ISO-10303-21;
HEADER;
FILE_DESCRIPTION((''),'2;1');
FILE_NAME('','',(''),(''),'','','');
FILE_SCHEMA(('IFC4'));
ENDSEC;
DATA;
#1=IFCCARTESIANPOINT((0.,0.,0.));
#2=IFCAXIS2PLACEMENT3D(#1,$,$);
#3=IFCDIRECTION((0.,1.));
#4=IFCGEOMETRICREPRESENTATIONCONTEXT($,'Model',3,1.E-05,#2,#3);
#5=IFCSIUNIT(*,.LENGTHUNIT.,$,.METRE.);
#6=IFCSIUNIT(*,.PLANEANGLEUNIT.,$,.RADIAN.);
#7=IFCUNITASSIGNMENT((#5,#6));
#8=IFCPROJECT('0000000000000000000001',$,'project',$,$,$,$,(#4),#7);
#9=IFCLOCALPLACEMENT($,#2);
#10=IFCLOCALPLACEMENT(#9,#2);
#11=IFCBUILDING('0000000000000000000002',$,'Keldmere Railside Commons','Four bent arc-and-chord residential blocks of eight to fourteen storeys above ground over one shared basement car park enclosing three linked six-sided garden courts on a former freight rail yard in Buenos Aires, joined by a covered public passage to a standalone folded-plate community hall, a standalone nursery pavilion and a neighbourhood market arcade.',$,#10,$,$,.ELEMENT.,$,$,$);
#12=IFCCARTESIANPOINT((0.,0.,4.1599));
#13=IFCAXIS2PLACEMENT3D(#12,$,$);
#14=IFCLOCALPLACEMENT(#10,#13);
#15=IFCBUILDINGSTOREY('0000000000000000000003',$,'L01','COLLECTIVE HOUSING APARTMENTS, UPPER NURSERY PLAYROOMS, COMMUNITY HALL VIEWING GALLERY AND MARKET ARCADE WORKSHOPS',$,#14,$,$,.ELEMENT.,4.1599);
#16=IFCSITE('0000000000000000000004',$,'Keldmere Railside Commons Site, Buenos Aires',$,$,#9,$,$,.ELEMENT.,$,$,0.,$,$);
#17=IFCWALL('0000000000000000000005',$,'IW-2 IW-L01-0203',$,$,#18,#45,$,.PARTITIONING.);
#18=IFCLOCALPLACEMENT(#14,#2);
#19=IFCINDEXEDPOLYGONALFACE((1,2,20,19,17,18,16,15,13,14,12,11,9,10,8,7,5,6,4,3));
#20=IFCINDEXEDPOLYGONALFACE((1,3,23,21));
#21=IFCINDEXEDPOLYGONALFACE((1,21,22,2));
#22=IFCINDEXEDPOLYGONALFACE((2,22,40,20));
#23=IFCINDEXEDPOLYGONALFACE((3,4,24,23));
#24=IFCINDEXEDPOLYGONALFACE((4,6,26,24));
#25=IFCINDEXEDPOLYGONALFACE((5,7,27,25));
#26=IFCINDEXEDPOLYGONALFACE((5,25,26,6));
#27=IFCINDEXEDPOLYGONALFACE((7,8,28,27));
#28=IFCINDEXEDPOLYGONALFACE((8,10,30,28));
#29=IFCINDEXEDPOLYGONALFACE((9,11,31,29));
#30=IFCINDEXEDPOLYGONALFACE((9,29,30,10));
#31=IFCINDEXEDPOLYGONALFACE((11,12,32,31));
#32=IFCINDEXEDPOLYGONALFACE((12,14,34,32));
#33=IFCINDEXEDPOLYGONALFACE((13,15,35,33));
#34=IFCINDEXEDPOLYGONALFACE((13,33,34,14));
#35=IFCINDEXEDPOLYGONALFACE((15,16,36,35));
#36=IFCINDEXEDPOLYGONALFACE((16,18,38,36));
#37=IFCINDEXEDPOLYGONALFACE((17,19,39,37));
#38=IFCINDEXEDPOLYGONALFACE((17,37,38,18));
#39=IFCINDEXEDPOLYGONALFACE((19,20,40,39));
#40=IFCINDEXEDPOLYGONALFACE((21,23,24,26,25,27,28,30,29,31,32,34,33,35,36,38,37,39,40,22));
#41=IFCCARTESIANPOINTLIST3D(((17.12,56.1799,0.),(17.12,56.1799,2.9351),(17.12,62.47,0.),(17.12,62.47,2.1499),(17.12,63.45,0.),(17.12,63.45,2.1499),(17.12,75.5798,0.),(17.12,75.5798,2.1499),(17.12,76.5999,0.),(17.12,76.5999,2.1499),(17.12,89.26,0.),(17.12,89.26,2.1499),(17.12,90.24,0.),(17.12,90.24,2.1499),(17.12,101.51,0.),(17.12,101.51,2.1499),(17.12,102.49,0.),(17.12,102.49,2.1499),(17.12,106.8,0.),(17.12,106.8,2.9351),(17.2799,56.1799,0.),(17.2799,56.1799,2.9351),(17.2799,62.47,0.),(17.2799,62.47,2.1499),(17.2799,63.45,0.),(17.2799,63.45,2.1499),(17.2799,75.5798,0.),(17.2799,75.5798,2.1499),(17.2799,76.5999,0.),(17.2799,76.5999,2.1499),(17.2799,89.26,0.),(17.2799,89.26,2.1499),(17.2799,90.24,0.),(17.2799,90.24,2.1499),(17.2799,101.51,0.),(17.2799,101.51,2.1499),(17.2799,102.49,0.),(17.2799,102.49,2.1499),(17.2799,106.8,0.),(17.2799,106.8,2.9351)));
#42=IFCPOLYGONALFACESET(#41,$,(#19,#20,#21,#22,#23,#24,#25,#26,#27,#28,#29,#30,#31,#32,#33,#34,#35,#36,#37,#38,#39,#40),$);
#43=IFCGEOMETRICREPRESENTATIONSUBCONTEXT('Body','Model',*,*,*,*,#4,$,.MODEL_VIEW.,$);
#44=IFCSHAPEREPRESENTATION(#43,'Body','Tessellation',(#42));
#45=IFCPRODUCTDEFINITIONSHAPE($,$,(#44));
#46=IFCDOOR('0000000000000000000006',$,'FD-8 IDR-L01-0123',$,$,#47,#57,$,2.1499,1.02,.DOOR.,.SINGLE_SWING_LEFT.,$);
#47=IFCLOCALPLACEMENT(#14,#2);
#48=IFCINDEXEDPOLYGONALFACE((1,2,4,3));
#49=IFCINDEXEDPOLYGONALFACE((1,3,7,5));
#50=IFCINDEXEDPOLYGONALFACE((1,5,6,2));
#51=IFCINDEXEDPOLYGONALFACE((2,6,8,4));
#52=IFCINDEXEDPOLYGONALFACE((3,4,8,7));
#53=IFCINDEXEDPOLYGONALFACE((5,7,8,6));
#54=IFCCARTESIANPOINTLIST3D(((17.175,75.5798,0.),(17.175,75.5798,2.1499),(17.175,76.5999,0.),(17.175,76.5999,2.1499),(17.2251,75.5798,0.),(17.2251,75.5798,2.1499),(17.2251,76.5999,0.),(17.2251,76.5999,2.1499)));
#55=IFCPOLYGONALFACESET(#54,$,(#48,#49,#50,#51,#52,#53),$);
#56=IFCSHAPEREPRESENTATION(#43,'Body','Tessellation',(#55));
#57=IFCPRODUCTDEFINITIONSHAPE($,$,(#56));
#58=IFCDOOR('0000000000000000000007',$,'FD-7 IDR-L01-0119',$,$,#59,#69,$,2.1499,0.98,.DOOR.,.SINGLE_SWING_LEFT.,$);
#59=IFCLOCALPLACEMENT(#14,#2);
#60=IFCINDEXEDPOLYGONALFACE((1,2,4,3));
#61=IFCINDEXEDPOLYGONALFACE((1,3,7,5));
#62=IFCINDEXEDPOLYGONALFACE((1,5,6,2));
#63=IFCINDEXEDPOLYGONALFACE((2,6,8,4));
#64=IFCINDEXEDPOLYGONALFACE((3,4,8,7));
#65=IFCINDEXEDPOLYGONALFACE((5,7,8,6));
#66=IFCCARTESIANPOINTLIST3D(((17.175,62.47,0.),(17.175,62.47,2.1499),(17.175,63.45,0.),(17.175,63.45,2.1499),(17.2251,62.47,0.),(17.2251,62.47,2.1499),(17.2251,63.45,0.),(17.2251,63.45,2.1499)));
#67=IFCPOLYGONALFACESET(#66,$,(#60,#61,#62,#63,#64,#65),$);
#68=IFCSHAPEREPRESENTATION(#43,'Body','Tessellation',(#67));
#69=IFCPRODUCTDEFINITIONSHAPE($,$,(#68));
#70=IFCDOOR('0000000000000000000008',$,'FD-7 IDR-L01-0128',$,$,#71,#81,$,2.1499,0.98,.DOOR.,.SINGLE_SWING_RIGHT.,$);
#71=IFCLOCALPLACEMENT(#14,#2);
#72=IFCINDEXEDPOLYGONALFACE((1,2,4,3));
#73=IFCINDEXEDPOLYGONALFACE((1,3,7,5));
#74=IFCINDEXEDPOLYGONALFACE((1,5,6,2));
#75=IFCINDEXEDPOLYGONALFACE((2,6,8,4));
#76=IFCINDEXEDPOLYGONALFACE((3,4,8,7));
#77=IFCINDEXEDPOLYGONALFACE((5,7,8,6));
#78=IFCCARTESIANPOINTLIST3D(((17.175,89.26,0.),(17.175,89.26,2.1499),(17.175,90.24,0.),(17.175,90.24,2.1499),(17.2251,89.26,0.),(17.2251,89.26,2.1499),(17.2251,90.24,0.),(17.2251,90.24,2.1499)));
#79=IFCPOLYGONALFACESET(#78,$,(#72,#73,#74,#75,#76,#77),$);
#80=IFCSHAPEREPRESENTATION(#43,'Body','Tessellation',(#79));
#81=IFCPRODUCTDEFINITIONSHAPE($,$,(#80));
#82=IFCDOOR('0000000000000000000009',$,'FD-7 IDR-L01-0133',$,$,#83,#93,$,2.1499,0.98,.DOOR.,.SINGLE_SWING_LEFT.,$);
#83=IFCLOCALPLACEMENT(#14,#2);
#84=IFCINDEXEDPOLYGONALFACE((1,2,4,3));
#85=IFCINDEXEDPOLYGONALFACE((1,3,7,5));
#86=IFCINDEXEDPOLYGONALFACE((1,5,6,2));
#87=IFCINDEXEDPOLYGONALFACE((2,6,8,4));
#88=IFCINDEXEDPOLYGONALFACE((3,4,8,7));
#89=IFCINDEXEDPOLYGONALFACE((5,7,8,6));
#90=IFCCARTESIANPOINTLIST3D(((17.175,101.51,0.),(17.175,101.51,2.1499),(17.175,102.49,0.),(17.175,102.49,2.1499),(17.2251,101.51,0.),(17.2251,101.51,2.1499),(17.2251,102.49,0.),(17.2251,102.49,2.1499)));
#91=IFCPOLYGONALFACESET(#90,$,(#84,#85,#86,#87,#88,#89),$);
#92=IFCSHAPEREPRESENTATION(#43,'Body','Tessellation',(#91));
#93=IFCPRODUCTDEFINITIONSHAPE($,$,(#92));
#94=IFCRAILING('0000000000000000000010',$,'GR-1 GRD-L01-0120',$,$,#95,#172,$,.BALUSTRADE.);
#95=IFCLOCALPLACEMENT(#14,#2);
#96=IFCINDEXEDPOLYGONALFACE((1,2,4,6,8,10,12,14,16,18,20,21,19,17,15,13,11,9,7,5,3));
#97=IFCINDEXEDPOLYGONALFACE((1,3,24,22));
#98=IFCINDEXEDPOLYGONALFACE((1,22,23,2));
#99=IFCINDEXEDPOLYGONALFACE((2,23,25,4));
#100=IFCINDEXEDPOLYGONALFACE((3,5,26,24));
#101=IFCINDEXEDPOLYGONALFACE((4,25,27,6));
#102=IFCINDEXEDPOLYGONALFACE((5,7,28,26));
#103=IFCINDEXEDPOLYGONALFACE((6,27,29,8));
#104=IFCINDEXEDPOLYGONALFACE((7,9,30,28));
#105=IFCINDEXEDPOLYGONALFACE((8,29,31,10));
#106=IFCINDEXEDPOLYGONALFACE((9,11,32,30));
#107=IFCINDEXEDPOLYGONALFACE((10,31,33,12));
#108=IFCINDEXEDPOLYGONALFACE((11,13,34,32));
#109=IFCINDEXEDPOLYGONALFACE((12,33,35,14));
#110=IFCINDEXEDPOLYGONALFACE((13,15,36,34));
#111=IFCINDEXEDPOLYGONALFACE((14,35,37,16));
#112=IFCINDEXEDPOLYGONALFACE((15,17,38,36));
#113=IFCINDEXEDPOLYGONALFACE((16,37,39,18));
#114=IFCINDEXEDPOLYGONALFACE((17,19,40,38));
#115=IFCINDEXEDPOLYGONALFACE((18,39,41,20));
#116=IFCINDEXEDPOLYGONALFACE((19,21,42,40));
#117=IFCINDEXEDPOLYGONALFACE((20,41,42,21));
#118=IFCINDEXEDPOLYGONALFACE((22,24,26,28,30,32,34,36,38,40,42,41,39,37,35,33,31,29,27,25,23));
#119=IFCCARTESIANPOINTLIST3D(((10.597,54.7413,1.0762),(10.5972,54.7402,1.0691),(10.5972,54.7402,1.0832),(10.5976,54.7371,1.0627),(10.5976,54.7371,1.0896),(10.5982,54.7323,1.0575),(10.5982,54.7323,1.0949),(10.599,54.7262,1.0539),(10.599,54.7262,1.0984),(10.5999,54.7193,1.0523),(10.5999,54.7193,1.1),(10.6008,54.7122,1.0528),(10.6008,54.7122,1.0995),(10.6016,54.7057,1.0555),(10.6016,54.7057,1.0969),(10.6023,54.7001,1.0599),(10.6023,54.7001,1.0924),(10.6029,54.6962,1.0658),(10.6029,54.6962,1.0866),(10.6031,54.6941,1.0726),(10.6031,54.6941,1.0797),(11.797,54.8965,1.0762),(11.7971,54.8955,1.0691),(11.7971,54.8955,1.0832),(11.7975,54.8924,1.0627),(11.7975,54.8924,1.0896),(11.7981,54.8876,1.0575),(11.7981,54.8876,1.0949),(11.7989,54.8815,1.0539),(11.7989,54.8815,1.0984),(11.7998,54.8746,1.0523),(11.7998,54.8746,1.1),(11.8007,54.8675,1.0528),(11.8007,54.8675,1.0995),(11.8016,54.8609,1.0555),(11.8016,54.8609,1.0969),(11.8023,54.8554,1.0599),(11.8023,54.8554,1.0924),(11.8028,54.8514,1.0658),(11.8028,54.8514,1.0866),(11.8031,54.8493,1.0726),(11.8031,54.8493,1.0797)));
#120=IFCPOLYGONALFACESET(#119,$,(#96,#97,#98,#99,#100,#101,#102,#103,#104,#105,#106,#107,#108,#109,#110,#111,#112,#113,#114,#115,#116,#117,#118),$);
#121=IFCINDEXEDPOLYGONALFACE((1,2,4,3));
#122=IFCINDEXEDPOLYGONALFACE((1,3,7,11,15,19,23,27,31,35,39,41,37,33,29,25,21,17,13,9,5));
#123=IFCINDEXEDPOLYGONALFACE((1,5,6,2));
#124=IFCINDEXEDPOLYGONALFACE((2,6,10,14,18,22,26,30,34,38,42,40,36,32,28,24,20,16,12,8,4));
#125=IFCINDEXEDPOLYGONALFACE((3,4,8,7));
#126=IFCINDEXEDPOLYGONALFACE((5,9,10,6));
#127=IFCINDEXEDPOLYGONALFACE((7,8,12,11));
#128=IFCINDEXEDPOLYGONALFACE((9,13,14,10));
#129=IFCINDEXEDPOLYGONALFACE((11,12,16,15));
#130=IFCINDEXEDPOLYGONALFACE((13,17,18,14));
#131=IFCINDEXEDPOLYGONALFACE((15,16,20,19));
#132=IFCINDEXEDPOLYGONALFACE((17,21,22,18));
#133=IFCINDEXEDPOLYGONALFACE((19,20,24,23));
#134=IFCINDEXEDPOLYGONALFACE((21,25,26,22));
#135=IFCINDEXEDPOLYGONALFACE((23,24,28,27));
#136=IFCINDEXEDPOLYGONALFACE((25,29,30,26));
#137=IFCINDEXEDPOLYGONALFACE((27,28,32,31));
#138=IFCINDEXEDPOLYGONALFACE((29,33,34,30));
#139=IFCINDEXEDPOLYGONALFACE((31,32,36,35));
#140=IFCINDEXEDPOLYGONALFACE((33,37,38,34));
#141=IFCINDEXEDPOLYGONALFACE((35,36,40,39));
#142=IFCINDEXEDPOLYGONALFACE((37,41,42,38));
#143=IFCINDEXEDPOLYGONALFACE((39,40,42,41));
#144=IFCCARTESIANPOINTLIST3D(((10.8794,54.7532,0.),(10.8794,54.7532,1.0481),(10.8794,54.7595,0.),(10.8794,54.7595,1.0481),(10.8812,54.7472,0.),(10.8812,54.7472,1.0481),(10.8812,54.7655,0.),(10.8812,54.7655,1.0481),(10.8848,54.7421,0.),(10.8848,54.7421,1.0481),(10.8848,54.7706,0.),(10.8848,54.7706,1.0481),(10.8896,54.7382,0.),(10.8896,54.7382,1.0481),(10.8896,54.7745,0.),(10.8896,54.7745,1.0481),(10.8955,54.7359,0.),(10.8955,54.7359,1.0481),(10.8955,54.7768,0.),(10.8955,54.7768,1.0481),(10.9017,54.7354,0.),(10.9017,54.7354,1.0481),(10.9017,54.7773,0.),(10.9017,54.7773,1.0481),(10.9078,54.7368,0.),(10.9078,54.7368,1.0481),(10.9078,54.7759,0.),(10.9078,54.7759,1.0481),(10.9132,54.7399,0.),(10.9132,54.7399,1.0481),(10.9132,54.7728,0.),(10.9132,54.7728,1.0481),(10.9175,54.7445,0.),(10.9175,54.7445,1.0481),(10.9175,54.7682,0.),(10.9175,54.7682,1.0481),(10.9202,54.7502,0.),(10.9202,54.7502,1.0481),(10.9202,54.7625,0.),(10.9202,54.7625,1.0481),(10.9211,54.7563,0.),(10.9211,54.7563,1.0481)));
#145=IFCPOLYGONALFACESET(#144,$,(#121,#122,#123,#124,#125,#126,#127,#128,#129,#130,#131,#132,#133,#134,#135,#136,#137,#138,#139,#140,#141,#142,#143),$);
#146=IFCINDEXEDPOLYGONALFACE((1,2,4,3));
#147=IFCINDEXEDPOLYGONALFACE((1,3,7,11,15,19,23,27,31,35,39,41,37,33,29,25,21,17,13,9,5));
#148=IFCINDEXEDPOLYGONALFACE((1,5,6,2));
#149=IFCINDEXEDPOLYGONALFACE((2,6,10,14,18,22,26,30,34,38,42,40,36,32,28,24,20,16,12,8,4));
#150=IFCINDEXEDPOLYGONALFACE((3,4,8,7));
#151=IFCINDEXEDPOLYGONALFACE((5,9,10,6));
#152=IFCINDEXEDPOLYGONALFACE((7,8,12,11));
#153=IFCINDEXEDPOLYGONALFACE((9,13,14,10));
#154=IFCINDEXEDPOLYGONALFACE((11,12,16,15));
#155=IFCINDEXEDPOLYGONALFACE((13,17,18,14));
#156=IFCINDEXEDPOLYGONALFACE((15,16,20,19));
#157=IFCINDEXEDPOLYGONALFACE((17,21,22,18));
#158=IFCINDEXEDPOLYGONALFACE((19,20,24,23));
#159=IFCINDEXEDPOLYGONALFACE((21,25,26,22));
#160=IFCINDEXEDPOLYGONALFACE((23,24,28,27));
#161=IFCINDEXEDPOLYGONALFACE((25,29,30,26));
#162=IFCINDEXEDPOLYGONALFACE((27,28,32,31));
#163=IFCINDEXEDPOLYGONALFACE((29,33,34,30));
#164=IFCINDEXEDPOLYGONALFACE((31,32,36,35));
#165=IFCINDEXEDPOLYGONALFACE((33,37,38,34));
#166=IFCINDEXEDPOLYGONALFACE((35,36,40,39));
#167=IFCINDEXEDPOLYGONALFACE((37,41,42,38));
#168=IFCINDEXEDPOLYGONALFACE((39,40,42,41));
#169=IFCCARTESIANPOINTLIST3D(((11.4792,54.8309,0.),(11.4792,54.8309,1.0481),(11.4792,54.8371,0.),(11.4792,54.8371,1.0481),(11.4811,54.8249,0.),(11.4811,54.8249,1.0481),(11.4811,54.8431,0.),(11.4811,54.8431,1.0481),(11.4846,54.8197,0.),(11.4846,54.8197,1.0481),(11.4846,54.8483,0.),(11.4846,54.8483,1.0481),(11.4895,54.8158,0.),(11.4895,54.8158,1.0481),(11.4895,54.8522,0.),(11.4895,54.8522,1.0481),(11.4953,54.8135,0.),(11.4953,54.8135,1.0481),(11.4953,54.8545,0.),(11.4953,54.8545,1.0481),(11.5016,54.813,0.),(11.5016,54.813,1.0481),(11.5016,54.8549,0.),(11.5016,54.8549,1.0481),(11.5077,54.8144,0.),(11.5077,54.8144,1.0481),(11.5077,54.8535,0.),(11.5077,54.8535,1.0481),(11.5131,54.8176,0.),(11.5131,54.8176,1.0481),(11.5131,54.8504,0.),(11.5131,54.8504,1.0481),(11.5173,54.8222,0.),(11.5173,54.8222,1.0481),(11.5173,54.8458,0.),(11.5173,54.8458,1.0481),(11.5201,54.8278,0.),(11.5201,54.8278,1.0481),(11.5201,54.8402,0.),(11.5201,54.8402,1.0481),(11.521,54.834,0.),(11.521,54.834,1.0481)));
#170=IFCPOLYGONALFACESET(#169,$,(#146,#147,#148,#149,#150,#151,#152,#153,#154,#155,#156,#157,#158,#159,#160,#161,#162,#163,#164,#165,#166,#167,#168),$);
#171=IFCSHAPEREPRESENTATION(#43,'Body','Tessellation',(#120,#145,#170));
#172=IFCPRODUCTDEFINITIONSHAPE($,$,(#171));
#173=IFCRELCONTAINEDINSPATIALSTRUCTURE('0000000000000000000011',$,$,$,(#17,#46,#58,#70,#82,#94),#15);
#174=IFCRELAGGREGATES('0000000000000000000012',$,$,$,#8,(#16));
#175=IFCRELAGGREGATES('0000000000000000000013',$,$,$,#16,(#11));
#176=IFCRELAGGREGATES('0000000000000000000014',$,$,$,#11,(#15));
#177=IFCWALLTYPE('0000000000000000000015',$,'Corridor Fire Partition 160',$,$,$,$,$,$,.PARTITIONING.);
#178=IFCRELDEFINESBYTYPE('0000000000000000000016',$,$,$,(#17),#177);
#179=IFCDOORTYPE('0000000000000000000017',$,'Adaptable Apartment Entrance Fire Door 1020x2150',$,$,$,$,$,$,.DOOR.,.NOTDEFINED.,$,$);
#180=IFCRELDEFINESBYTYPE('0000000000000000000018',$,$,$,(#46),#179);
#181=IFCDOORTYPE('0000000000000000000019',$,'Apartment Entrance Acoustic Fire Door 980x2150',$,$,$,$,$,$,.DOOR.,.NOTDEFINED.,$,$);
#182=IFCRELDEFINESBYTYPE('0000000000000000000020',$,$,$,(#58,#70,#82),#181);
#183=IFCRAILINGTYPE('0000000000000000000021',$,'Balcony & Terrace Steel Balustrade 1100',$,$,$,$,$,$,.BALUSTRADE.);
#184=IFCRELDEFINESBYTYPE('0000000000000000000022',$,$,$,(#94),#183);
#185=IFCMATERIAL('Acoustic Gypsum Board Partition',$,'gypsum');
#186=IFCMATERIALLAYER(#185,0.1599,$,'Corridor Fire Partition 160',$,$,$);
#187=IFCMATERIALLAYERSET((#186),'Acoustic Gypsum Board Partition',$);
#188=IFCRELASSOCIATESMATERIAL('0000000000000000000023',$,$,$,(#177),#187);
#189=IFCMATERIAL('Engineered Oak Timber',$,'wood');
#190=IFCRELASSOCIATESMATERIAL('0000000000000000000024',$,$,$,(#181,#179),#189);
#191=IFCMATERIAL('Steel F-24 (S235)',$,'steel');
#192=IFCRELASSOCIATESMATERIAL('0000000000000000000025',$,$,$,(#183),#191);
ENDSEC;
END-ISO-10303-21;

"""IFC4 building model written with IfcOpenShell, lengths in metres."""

from ifc_helpers import new_model, si_unit, direction, frame, frame_2d, origin, origin_2d, place, context, subcontext, project, spatial, rectangle, circle, extrude, material, layer, layer_set, type_object, element, fill, save


model = new_model("IFC4")

# Units and contexts
model_context = context("Model", 3, precision=1e-05, world=origin(), true_north=direction((0.0, 1.0)))
body_context = subcontext(model_context, "Body", "Model", "MODEL_VIEW")
ifc_project = project(units=[si_unit("LENGTHUNIT", "METRE"), si_unit("PLANEANGLEUNIT", "RADIAN")], contexts=[model_context])

# Site, building, storey
site_placement = place(None, origin())
site = spatial("IfcSite", under=ifc_project, at=site_placement, Name="Keldmere Railside Commons Site, Buenos Aires", CompositionType="ELEMENT", RefElevation=0.0)
building_placement = place(site_placement, origin())
building = spatial("IfcBuilding", under=site, at=building_placement, Name="Keldmere Railside Commons", Description="Four bent arc-and-chord residential blocks of eight to fourteen storeys above ground over one shared basement car park enclosing three linked six-sided garden courts on a former freight rail yard in Buenos Aires, joined by a covered public passage to a standalone folded-plate community hall, a standalone nursery pavilion and a neighbourhood market arcade.", CompositionType="ELEMENT")
storey_placement = place(building_placement, frame((0.0, 0.0, 4.1599)))
storey = spatial("IfcBuildingStorey", under=building, at=storey_placement, Name="L01", Description="COLLECTIVE HOUSING APARTMENTS, UPPER NURSERY PLAYROOMS, COMMUNITY HALL VIEWING GALLERY AND MARKET ARCADE WORKSHOPS", CompositionType="ELEMENT", Elevation=4.1599)

# Wall, openings, doors
ifc_material_1 = material(Name="Acoustic Gypsum Board Partition", Category="gypsum")
ifc_layer = layer(ifc_material_1, 0.1599, Name="Corridor Fire Partition 160")
ifc_layer_set = layer_set([ifc_layer], Name="Acoustic Gypsum Board Partition")
wall_type = type_object("IfcWallType", Name="Corridor Fire Partition 160", PredefinedType="PARTITIONING", material=ifc_layer_set)
ifc_material_2 = material(Name="Engineered Oak Timber", Category="wood")
door_type_1 = type_object("IfcDoorType", Name="Apartment Entrance Acoustic Fire Door 980x2150", OperationType="NOTDEFINED", PredefinedType="DOOR", material=ifc_material_2)
ifc_material_3 = material(Name="Steel F-24 (S235)", Category="steel")
wall_1_placement = place(storey_placement, frame((17.2, 56.1799, 0.0), z_axis=(0.0, 0.0, 1.0), x_axis=(0.0, 1.0, 0.0)))
wall_1 = element("IfcWall", 1, at=wall_1_placement, inside=storey, type_object=wall_type, Name="IW-2 IW-L01-0203", PredefinedType="PARTITIONING", context=body_context, shape_type="SweptSolid", body=[
    extrude(rectangle(XDim=50.6201, YDim=0.1599, at=frame_2d((25.3101, 0.0))), origin(), (0.0, 0.0, 1.0), 2.9351),
])
opening_1_placement = place(wall_1_placement, frame((6.29, 0.0, 0.0)))
opening_1 = element("IfcOpeningElement", 2, at=opening_1_placement, cuts=wall_1, PredefinedType="OPENING", context=body_context, shape_type="SweptSolid", body=[
    extrude(rectangle(XDim=0.98, YDim=2.1499, at=frame_2d((0.49, 1.075))), frame((0.0, 0.0898, 0.0), z_axis=(0.0, -1.0, 0.0), x_axis=(1.0, 0.0, 0.0)), (0.0, 0.0, 1.0), 0.1799),
])
opening_2_placement = place(wall_1_placement, frame((19.3999, 0.0, 0.0)))
opening_2 = element("IfcOpeningElement", 3, at=opening_2_placement, cuts=wall_1, PredefinedType="OPENING", context=body_context, shape_type="SweptSolid", body=[
    extrude(rectangle(XDim=1.02, YDim=2.1499, at=frame_2d((0.51, 1.075))), frame((0.0, 0.0898, 0.0), z_axis=(0.0, -1.0, 0.0), x_axis=(1.0, 0.0, 0.0)), (0.0, 0.0, 1.0), 0.1799),
])
opening_3_placement = place(wall_1_placement, frame((33.0801, 0.0, 0.0)))
opening_3 = element("IfcOpeningElement", 4, at=opening_3_placement, cuts=wall_1, PredefinedType="OPENING", context=body_context, shape_type="SweptSolid", body=[
    extrude(rectangle(XDim=0.98, YDim=2.1499, at=frame_2d((0.49, 1.075))), frame((0.0, 0.0898, 0.0), z_axis=(0.0, -1.0, 0.0), x_axis=(1.0, 0.0, 0.0)), (0.0, 0.0, 1.0), 0.1799),
])
opening_4_placement = place(wall_1_placement, frame((45.3301, 0.0, 0.0)))
opening_4 = element("IfcOpeningElement", 5, at=opening_4_placement, cuts=wall_1, PredefinedType="OPENING", context=body_context, shape_type="SweptSolid", body=[
    extrude(rectangle(XDim=0.98, YDim=2.1499, at=frame_2d((0.49, 1.075))), frame((0.0, 0.0898, 0.0), z_axis=(0.0, -1.0, 0.0), x_axis=(1.0, 0.0, 0.0)), (0.0, 0.0, 1.0), 0.1799),
])
door_type_2 = type_object("IfcDoorType", Name="Adaptable Apartment Entrance Fire Door 1020x2150", OperationType="NOTDEFINED", PredefinedType="DOOR", material=ifc_material_2)
door_1_placement = place(opening_2_placement, origin())
door_1 = element("IfcDoor", 6, at=door_1_placement, inside=storey, type_object=door_type_2, Name="FD-8 IDR-L01-0123", OperationType="SINGLE_SWING_LEFT", OverallHeight=2.1499, OverallWidth=1.02, PredefinedType="DOOR", context=body_context, shape_type="SweptSolid", body=[
    extrude(rectangle(XDim=1.02, YDim=2.1499, at=frame_2d((0.51, 1.075))), frame((0.0, 0.0249, 0.0), z_axis=(0.0, -1.0, 0.0), x_axis=(1.0, 0.0, 0.0)), (0.0, 0.0, 1.0), 0.05),
])
fill(opening_2, door_1)
door_2_placement = place(opening_1_placement, origin())
door_2 = element("IfcDoor", 7, at=door_2_placement, inside=storey, type_object=door_type_1, Name="FD-7 IDR-L01-0119", OperationType="SINGLE_SWING_LEFT", OverallHeight=2.1499, OverallWidth=0.98, PredefinedType="DOOR", context=body_context, shape_type="SweptSolid", body=[
    extrude(rectangle(XDim=0.98, YDim=2.1499, at=frame_2d((0.49, 1.075))), frame((0.0, 0.0249, 0.0), z_axis=(0.0, -1.0, 0.0), x_axis=(1.0, 0.0, 0.0)), (0.0, 0.0, 1.0), 0.05),
])
fill(opening_1, door_2)
door_3_placement = place(opening_3_placement, origin())
door_3 = element("IfcDoor", 8, at=door_3_placement, inside=storey, type_object=door_type_1, Name="FD-7 IDR-L01-0128", OperationType="SINGLE_SWING_RIGHT", OverallHeight=2.1499, OverallWidth=0.98, PredefinedType="DOOR", context=body_context, shape_type="SweptSolid", body=[
    extrude(rectangle(XDim=0.98, YDim=2.1499, at=frame_2d((0.49, 1.075))), frame((0.0, 0.0249, 0.0), z_axis=(0.0, -1.0, 0.0), x_axis=(1.0, 0.0, 0.0)), (0.0, 0.0, 1.0), 0.05),
])
fill(opening_3, door_3)
door_4_placement = place(opening_4_placement, origin())
door_4 = element("IfcDoor", 9, at=door_4_placement, inside=storey, type_object=door_type_1, Name="FD-7 IDR-L01-0133", OperationType="SINGLE_SWING_LEFT", OverallHeight=2.1499, OverallWidth=0.98, PredefinedType="DOOR", context=body_context, shape_type="SweptSolid", body=[
    extrude(rectangle(XDim=0.98, YDim=2.1499, at=frame_2d((0.49, 1.075))), frame((0.0, 0.0249, 0.0), z_axis=(0.0, -1.0, 0.0), x_axis=(1.0, 0.0, 0.0)), (0.0, 0.0, 1.0), 0.05),
])
fill(opening_4, door_4)

# Railing
railing_type = type_object("IfcRailingType", Name="Balcony & Terrace Steel Balustrade 1100", PredefinedType="BALUSTRADE", material=ifc_material_3)
railing_1_placement = place(storey_placement, frame((10.6001, 54.7175, 0.0)))
element("IfcRailing", 10, at=railing_1_placement, inside=storey, type_object=railing_type, Name="GR-1 GRD-L01-0120", PredefinedType="BALUSTRADE", context=body_context, shape_type="SweptSolid", body=[
    extrude(circle(Radius=0.0239, at=origin_2d()), frame((0.0, 0.0, 1.0762), z_axis=(0.991732, 0.12833, 0.0), x_axis=(-0.12833, 0.991732, 0.0)), (0.0, 0.0, 1.0), 1.21),
    extrude(circle(Radius=0.021, at=origin_2d()), frame((0.3, 0.0388, 0.0)), (0.0, 0.0, 1.0), 1.0481),
    extrude(circle(Radius=0.021, at=origin_2d()), frame((0.8999, 0.1165, 0.0)), (0.0, 0.0, 1.0), 1.0481),
])

save(model, "model.ifc")
